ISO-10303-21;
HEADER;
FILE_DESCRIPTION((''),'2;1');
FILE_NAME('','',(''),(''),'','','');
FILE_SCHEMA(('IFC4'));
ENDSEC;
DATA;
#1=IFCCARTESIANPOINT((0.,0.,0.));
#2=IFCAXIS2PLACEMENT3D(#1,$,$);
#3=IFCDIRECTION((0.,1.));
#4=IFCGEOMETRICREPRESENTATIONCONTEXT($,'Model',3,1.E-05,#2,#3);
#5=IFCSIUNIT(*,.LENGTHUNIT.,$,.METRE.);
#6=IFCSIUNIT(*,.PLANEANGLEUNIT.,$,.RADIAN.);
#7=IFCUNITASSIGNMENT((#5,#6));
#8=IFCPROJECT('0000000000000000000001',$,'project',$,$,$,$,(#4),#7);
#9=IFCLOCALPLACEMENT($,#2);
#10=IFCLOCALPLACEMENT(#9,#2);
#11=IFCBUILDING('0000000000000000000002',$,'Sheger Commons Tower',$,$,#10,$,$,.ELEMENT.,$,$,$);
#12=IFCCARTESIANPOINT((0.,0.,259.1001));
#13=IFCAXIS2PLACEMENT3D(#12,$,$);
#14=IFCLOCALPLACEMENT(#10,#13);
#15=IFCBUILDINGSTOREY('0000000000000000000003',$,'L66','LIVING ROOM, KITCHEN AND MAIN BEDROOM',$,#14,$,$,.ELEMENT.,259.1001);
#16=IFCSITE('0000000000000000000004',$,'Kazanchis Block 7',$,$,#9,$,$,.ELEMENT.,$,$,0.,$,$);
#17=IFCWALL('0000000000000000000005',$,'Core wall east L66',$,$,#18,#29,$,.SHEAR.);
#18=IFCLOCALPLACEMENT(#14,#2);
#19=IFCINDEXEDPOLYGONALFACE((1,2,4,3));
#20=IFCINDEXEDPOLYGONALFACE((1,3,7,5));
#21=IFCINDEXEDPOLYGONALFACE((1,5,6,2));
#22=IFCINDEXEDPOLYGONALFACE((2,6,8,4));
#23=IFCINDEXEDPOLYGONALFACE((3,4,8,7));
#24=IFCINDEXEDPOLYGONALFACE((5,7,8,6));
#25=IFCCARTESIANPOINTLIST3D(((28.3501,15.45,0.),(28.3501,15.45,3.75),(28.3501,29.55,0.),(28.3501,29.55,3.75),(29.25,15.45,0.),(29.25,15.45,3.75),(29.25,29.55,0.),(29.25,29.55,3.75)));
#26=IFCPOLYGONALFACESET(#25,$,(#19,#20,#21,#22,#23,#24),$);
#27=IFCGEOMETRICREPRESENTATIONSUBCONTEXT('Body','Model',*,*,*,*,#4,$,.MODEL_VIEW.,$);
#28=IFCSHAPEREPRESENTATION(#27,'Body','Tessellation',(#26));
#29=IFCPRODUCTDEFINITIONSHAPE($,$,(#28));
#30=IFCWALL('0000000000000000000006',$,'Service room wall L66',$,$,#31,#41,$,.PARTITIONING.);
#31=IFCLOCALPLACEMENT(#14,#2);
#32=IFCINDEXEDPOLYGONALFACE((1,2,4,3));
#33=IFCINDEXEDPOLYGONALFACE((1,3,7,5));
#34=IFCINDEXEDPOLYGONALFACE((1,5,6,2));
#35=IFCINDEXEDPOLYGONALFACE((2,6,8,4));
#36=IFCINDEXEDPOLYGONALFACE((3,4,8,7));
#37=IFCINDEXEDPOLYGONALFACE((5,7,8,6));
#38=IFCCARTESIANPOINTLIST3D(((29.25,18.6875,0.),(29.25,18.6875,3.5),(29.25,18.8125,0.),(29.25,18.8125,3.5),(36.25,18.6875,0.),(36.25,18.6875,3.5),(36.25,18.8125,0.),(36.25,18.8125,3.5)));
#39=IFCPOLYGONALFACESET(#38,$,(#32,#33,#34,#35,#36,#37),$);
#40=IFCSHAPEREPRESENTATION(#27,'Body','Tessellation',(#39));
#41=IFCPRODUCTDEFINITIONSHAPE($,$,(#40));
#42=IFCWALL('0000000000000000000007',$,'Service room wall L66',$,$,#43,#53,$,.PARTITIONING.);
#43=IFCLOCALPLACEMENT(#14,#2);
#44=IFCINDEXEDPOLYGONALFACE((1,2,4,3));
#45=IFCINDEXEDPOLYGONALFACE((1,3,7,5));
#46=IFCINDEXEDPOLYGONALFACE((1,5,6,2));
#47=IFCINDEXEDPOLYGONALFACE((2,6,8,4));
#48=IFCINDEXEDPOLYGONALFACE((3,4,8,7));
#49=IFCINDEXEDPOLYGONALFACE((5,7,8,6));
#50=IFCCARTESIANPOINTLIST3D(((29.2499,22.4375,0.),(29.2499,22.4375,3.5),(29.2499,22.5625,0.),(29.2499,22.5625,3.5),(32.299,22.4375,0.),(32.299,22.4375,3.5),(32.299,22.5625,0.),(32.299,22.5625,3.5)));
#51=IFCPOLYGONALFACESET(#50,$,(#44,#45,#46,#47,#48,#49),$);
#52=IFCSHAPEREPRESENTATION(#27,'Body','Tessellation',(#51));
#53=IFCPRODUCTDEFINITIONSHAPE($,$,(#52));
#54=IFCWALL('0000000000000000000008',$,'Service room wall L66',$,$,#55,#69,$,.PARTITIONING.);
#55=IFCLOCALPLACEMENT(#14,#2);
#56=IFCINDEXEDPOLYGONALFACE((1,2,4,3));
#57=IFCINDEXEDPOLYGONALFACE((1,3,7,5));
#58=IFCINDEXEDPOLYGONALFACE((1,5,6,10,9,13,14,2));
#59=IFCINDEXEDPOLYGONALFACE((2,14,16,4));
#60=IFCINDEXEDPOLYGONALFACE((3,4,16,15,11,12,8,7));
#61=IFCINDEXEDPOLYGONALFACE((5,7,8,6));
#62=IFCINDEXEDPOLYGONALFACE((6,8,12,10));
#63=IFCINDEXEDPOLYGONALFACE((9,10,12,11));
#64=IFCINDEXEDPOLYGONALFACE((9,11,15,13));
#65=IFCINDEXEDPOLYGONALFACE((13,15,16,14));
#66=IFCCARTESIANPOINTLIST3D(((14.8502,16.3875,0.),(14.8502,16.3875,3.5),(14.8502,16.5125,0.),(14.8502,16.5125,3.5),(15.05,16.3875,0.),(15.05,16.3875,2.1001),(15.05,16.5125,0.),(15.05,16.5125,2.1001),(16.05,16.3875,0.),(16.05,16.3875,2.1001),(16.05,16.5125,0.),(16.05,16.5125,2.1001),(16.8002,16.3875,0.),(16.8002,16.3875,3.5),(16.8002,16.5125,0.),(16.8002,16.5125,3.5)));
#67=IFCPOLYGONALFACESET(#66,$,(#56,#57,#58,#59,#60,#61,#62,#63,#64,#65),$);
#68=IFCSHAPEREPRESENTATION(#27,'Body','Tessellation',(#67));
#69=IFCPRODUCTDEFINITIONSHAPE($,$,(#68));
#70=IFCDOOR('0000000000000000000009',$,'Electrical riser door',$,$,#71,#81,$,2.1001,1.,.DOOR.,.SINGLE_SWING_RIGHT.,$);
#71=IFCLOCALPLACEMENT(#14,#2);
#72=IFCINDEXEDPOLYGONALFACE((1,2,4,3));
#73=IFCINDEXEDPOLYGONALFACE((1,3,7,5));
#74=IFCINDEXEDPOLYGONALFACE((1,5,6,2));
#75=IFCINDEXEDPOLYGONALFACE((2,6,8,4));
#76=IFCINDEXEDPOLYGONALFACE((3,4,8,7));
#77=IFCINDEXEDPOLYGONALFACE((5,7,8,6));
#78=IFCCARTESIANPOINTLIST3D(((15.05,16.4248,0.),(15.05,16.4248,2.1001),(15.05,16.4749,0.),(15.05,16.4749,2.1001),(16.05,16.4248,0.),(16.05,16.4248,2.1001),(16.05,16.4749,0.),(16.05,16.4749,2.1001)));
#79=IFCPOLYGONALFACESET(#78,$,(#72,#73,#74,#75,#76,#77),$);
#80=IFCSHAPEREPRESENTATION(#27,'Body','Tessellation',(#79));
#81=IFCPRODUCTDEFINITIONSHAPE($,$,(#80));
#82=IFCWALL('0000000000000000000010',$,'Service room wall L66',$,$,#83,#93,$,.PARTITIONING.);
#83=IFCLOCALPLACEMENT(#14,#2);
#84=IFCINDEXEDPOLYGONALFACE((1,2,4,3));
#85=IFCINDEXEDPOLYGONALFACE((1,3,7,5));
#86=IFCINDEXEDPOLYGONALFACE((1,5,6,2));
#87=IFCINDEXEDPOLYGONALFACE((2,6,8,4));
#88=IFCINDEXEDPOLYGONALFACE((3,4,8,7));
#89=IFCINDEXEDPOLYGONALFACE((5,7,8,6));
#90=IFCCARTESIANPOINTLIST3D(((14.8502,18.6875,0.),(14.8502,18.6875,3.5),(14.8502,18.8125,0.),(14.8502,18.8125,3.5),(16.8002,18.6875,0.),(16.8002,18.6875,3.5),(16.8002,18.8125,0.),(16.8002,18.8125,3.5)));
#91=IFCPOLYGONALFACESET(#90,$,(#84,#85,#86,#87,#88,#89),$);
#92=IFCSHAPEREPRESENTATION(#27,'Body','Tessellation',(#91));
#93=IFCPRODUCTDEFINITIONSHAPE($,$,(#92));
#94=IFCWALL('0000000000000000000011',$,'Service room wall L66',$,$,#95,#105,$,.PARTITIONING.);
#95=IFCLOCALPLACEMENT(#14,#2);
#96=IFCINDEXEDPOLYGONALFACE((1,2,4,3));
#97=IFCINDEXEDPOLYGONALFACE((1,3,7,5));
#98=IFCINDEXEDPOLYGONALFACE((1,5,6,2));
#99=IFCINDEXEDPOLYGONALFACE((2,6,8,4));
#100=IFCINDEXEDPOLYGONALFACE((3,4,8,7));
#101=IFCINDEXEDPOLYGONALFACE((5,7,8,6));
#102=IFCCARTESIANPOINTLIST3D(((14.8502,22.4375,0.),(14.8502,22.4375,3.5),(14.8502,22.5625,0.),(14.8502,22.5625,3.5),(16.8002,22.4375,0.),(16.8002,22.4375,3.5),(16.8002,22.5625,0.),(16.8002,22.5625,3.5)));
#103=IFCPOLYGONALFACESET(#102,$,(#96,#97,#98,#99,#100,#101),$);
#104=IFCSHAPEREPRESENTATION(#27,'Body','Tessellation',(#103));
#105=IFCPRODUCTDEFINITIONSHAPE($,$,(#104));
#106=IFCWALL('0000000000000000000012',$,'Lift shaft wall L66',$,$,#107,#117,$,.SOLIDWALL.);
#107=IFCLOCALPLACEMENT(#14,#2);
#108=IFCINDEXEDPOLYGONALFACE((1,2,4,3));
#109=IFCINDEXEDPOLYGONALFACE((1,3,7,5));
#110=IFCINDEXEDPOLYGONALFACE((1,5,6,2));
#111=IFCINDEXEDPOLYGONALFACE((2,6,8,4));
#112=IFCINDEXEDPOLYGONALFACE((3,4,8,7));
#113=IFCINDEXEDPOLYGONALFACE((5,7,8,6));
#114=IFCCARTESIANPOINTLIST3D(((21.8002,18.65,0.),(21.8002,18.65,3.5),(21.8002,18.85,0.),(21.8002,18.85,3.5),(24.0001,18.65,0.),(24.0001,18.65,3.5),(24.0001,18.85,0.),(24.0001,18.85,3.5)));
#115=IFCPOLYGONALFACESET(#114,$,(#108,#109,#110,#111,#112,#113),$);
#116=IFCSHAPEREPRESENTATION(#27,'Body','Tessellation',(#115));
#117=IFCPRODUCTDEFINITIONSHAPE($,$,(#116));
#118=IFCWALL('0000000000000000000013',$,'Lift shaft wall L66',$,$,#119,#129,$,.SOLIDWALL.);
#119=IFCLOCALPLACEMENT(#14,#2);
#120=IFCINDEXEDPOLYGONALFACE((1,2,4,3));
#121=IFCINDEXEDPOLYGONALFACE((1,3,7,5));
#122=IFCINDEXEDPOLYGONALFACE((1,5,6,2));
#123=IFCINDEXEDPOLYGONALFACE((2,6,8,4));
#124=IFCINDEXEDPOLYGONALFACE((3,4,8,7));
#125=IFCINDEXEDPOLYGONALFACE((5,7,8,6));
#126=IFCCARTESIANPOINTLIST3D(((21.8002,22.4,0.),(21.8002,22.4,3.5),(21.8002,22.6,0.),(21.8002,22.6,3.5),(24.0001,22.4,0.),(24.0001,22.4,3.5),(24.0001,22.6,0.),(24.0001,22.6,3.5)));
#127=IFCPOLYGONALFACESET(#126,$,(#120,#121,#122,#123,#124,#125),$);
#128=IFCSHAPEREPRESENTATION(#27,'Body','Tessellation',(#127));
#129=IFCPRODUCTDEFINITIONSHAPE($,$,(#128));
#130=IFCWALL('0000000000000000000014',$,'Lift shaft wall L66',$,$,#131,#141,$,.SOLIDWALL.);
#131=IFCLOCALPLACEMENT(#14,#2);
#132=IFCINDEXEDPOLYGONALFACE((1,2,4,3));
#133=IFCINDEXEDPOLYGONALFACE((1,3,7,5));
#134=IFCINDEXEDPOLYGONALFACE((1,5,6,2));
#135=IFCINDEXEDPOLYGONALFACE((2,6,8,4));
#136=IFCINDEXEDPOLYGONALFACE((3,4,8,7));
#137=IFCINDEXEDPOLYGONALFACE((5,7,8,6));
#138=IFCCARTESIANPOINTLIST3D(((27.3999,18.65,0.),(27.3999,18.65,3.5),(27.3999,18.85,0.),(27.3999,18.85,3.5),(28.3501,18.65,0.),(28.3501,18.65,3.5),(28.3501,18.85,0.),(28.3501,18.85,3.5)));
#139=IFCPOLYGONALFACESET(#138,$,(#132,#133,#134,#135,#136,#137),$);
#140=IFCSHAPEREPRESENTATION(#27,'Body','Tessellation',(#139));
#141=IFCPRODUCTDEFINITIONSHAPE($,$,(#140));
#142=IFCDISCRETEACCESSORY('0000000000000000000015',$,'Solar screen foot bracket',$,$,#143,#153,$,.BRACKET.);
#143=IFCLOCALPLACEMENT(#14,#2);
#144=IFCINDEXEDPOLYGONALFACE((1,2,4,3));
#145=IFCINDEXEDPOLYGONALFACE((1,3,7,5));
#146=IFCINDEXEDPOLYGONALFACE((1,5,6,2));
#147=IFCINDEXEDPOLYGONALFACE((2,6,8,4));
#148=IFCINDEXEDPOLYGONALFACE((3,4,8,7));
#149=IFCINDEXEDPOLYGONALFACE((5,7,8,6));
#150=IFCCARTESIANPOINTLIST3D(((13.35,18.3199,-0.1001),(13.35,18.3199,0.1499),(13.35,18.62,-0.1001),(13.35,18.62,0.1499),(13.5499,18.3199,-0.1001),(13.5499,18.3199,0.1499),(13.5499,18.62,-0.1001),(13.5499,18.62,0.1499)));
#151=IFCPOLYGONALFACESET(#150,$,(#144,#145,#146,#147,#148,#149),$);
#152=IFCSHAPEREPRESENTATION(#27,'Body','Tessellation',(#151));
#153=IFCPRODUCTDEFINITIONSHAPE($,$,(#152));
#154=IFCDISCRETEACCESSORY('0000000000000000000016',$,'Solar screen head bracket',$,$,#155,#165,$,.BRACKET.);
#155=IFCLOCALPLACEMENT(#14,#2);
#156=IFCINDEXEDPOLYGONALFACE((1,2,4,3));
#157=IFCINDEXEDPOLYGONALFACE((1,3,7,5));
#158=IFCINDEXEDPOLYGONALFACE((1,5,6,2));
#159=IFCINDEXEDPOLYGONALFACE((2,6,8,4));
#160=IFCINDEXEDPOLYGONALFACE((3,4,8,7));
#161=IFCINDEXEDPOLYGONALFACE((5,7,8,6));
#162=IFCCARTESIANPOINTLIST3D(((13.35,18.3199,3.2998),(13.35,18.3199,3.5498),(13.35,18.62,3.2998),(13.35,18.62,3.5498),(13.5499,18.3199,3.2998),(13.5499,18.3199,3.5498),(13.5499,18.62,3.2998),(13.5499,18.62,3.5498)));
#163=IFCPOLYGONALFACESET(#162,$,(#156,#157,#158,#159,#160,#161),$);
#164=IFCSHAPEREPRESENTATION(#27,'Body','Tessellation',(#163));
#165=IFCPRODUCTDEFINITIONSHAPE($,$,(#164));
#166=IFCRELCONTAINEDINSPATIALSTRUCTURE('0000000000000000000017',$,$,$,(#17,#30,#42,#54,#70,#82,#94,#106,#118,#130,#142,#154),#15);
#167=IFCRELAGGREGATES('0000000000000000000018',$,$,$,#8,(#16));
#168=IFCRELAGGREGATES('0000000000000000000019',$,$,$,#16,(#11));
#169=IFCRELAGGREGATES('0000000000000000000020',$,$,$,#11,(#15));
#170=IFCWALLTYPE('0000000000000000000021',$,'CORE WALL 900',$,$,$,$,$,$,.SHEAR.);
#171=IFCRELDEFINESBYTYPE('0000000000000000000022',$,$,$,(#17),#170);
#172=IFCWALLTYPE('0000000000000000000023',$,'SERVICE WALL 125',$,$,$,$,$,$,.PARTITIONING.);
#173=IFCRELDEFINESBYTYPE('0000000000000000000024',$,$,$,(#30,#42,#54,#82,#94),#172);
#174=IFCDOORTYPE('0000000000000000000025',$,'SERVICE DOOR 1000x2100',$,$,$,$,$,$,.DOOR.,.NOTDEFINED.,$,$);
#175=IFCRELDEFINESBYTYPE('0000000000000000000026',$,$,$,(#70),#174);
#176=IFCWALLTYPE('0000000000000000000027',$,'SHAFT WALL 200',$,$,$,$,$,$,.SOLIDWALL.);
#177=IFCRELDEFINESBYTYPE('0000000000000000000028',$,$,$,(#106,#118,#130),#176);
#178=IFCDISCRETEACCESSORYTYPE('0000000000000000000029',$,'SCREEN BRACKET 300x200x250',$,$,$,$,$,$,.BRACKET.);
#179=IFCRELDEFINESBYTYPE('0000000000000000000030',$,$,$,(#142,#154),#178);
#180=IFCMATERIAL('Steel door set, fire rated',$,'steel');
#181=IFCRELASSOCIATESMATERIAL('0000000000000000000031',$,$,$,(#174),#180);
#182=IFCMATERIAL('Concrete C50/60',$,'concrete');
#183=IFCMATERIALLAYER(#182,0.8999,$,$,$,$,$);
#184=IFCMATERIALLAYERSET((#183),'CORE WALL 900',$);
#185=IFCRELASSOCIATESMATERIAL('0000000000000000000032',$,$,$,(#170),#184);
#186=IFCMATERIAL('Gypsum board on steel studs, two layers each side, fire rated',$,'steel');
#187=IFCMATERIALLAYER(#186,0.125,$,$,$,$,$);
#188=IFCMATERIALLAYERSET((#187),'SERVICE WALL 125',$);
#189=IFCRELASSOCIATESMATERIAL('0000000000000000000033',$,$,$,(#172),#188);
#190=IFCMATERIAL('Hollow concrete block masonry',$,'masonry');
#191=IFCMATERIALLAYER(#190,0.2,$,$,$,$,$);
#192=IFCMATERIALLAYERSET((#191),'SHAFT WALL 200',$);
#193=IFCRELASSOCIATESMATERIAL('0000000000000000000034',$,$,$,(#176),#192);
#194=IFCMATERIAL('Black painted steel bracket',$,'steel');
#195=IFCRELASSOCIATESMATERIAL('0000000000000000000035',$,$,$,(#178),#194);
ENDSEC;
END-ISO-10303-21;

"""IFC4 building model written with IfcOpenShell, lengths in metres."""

from ifc_helpers import new_model, si_unit, direction, frame, frame_2d, origin, origin_2d, place, context, subcontext, project, spatial, rectangle, extrude, material, layer, layer_set, type_object, element, fill, save


model = new_model("IFC4")

# Units and contexts
model_context = context("Model", 3, precision=1e-05, world=origin(), true_north=direction((0.0, 1.0)))
body_context = subcontext(model_context, "Body", "Model", "MODEL_VIEW")
ifc_project = project(units=[si_unit("LENGTHUNIT", "METRE"), si_unit("PLANEANGLEUNIT", "RADIAN")], contexts=[model_context])

# Site, building, storey
site_placement = place(None, origin())
site = spatial("IfcSite", under=ifc_project, at=site_placement, Name="Kazanchis Block 7", CompositionType="ELEMENT", RefElevation=0.0)
building_placement = place(site_placement, origin())
building = spatial("IfcBuilding", under=site, at=building_placement, Name="Sheger Commons Tower", CompositionType="ELEMENT")
storey_placement = place(building_placement, frame((0.0, 0.0, 259.1001)))
storey = spatial("IfcBuildingStorey", under=building, at=storey_placement, Name="L66", Description="LIVING ROOM, KITCHEN AND MAIN BEDROOM", CompositionType="ELEMENT", Elevation=259.1001)

# Shared definitions
ifc_material_1 = material(Name="Steel door set, fire rated", Category="steel")
door_type_1 = type_object("IfcDoorType", Name="SERVICE DOOR 1000x2100", OperationType="NOTDEFINED", PredefinedType="DOOR", material=ifc_material_1)

# Walls
ifc_material_2 = material(Name="Concrete C50/60", Category="concrete")
ifc_layer_1 = layer(ifc_material_2, 0.8999)
ifc_layer_set_1 = layer_set([ifc_layer_1], Name="CORE WALL 900")
wall_type_1 = type_object("IfcWallType", Name="CORE WALL 900", PredefinedType="SHEAR", material=ifc_layer_set_1)
for number, where, z_axis, x_axis, name in (
    (1, (28.8, 15.45, 0.0), (0.0, 0.0, 1.0), (0.0, 1.0, 0.0), "Core wall east L66"),
):
    element("IfcWall", number, at=place(storey_placement, frame(where, z_axis=z_axis, x_axis=x_axis)), inside=storey, type_object=wall_type_1, Name=name, PredefinedType="SHEAR", context=body_context, shape_type="SweptSolid", body=[
        extrude(rectangle(XDim=14.1001, YDim=0.8999, at=frame_2d((7.05, 0.0))), origin(), (0.0, 0.0, 1.0), 3.75),
    ])
ifc_material_3 = material(Name="Gypsum board on steel studs, two layers each side, fire rated", Category="steel")
ifc_layer_2 = layer(ifc_material_3, 0.125)
ifc_layer_set_2 = layer_set([ifc_layer_2], Name="SERVICE WALL 125")
wall_type_2 = type_object("IfcWallType", Name="SERVICE WALL 125", PredefinedType="PARTITIONING", material=ifc_layer_set_2)
wall_1_placement = place(storey_placement, frame((29.25, 18.75, 0.0), z_axis=(0.0, 0.0, 1.0), x_axis=(1.0, 0.0, 0.0)))
element("IfcWall", 2, at=wall_1_placement, inside=storey, type_object=wall_type_2, Name="Service room wall L66", PredefinedType="PARTITIONING", context=body_context, shape_type="SweptSolid", body=[
    extrude(rectangle(XDim=7.0, YDim=0.125, at=frame_2d((3.5, 0.0))), origin(), (0.0, 0.0, 1.0), 3.5),
])
wall_2_placement = place(storey_placement, frame((29.25, 22.5, 0.0), z_axis=(0.0, 0.0, 1.0), x_axis=(1.0, 0.0, 0.0)))
element("IfcWall", 3, at=wall_2_placement, inside=storey, type_object=wall_type_2, Name="Service room wall L66", PredefinedType="PARTITIONING", context=body_context, shape_type="SweptSolid", body=[
    extrude(rectangle(XDim=3.0491, YDim=0.125, at=frame_2d((1.5244, 0.0))), origin(), (0.0, 0.0, 1.0), 3.5),
])

# Wall, opening, door
wall_3_placement = place(storey_placement, frame((14.8501, 16.45, 0.0), z_axis=(0.0, 0.0, 1.0), x_axis=(1.0, 0.0, 0.0)))
wall_3 = element("IfcWall", 4, at=wall_3_placement, inside=storey, type_object=wall_type_2, Name="Service room wall L66", PredefinedType="PARTITIONING", context=body_context, shape_type="SweptSolid", body=[
    extrude(rectangle(XDim=1.95, YDim=0.125, at=frame_2d((0.9751, 0.0))), origin(), (0.0, 0.0, 1.0), 3.5),
])
opening_1_placement = place(wall_3_placement, frame((0.2, 0.0, 0.0)))
opening_1 = element("IfcOpeningElement", 5, at=opening_1_placement, cuts=wall_3, PredefinedType="OPENING", context=body_context, shape_type="SweptSolid", body=[
    extrude(rectangle(XDim=1.0, YDim=2.1001, at=frame_2d((0.5, 1.05))), frame((0.0, 0.0725, 0.0), z_axis=(0.0, -1.0, 0.0), x_axis=(1.0, 0.0, 0.0)), (0.0, 0.0, 1.0), 0.145),
])
door_1_placement = place(opening_1_placement, origin())
door_1 = element("IfcDoor", 6, at=door_1_placement, inside=storey, type_object=door_type_1, Name="Electrical riser door", OperationType="SINGLE_SWING_RIGHT", OverallHeight=2.1001, OverallWidth=1.0, PredefinedType="DOOR", context=body_context, shape_type="SweptSolid", body=[
    extrude(rectangle(XDim=1.0, YDim=2.1001, at=frame_2d((0.5, 1.05))), frame((0.0, 0.0249, 0.0), z_axis=(0.0, -1.0, 0.0), x_axis=(1.0, 0.0, 0.0)), (0.0, 0.0, 1.0), 0.05),
])
fill(opening_1, door_1)

# Walls
for number, where, z_axis, x_axis, name in (
    (7, (14.8501, 18.75, 0.0), (0.0, 0.0, 1.0), (1.0, 0.0, 0.0), "Service room wall L66"),
    (8, (14.8501, 22.5, 0.0), (0.0, 0.0, 1.0), (1.0, 0.0, 0.0), "Service room wall L66"),
):
    element("IfcWall", number, at=place(storey_placement, frame(where, z_axis=z_axis, x_axis=x_axis)), inside=storey, type_object=wall_type_2, Name=name, PredefinedType="PARTITIONING", context=body_context, shape_type="SweptSolid", body=[
        extrude(rectangle(XDim=1.95, YDim=0.125, at=frame_2d((0.9751, 0.0))), origin(), (0.0, 0.0, 1.0), 3.5),
    ])
ifc_material_4 = material(Name="Hollow concrete block masonry", Category="masonry")
ifc_layer_3 = layer(ifc_material_4, 0.2)
ifc_layer_set_3 = layer_set([ifc_layer_3], Name="SHAFT WALL 200")
wall_type_3 = type_object("IfcWallType", Name="SHAFT WALL 200", PredefinedType="SOLIDWALL", material=ifc_layer_set_3)
for number, where, z_axis, x_axis, name in (
    (9, (21.8, 18.75, 0.0), (0.0, 0.0, 1.0), (1.0, 0.0, 0.0), "Lift shaft wall L66"),
    (10, (21.8, 22.5, 0.0), (0.0, 0.0, 1.0), (1.0, 0.0, 0.0), "Lift shaft wall L66"),
):
    element("IfcWall", number, at=place(storey_placement, frame(where, z_axis=z_axis, x_axis=x_axis)), inside=storey, type_object=wall_type_3, Name=name, PredefinedType="SOLIDWALL", context=body_context, shape_type="SweptSolid", body=[
        extrude(rectangle(XDim=2.2, YDim=0.2, at=frame_2d((1.1001, 0.0))), origin(), (0.0, 0.0, 1.0), 3.5),
    ])
wall_4_placement = place(storey_placement, frame((27.3999, 18.75, 0.0), z_axis=(0.0, 0.0, 1.0), x_axis=(1.0, 0.0, 0.0)))
element("IfcWall", 11, at=wall_4_placement, inside=storey, type_object=wall_type_3, Name="Lift shaft wall L66", PredefinedType="SOLIDWALL", context=body_context, shape_type="SweptSolid", body=[
    extrude(rectangle(XDim=0.9502, YDim=0.2, at=frame_2d((0.4751, 0.0))), origin(), (0.0, 0.0, 1.0), 3.5),
])

# Discrete accessories
ifc_material_5 = material(Name="Black painted steel bracket", Category="steel")
discrete_accessory_type = type_object("IfcDiscreteAccessoryType", Name="SCREEN BRACKET 300x200x250", PredefinedType="BRACKET", material=ifc_material_5)
for number, where, z_axis, x_axis, name in (
    (12, (13.45, 18.47, -0.1001), (0.0, 0.0, 1.0), (0.0, -1.0, 0.0), "Solar screen foot bracket"),
    (13, (13.45, 18.47, 3.2998), (0.0, 0.0, 1.0), (0.0, -1.0, 0.0), "Solar screen head bracket"),
):
    element("IfcDiscreteAccessory", number, at=place(storey_placement, frame(where, z_axis=z_axis, x_axis=x_axis)), inside=storey, type_object=discrete_accessory_type, Name=name, PredefinedType="BRACKET", context=body_context, shape_type="SweptSolid", body=[
        extrude(rectangle(XDim=0.3, YDim=0.2, at=origin_2d()), origin(), (0.0, 0.0, 1.0), 0.25),
    ])

save(model, "model.ifc")
